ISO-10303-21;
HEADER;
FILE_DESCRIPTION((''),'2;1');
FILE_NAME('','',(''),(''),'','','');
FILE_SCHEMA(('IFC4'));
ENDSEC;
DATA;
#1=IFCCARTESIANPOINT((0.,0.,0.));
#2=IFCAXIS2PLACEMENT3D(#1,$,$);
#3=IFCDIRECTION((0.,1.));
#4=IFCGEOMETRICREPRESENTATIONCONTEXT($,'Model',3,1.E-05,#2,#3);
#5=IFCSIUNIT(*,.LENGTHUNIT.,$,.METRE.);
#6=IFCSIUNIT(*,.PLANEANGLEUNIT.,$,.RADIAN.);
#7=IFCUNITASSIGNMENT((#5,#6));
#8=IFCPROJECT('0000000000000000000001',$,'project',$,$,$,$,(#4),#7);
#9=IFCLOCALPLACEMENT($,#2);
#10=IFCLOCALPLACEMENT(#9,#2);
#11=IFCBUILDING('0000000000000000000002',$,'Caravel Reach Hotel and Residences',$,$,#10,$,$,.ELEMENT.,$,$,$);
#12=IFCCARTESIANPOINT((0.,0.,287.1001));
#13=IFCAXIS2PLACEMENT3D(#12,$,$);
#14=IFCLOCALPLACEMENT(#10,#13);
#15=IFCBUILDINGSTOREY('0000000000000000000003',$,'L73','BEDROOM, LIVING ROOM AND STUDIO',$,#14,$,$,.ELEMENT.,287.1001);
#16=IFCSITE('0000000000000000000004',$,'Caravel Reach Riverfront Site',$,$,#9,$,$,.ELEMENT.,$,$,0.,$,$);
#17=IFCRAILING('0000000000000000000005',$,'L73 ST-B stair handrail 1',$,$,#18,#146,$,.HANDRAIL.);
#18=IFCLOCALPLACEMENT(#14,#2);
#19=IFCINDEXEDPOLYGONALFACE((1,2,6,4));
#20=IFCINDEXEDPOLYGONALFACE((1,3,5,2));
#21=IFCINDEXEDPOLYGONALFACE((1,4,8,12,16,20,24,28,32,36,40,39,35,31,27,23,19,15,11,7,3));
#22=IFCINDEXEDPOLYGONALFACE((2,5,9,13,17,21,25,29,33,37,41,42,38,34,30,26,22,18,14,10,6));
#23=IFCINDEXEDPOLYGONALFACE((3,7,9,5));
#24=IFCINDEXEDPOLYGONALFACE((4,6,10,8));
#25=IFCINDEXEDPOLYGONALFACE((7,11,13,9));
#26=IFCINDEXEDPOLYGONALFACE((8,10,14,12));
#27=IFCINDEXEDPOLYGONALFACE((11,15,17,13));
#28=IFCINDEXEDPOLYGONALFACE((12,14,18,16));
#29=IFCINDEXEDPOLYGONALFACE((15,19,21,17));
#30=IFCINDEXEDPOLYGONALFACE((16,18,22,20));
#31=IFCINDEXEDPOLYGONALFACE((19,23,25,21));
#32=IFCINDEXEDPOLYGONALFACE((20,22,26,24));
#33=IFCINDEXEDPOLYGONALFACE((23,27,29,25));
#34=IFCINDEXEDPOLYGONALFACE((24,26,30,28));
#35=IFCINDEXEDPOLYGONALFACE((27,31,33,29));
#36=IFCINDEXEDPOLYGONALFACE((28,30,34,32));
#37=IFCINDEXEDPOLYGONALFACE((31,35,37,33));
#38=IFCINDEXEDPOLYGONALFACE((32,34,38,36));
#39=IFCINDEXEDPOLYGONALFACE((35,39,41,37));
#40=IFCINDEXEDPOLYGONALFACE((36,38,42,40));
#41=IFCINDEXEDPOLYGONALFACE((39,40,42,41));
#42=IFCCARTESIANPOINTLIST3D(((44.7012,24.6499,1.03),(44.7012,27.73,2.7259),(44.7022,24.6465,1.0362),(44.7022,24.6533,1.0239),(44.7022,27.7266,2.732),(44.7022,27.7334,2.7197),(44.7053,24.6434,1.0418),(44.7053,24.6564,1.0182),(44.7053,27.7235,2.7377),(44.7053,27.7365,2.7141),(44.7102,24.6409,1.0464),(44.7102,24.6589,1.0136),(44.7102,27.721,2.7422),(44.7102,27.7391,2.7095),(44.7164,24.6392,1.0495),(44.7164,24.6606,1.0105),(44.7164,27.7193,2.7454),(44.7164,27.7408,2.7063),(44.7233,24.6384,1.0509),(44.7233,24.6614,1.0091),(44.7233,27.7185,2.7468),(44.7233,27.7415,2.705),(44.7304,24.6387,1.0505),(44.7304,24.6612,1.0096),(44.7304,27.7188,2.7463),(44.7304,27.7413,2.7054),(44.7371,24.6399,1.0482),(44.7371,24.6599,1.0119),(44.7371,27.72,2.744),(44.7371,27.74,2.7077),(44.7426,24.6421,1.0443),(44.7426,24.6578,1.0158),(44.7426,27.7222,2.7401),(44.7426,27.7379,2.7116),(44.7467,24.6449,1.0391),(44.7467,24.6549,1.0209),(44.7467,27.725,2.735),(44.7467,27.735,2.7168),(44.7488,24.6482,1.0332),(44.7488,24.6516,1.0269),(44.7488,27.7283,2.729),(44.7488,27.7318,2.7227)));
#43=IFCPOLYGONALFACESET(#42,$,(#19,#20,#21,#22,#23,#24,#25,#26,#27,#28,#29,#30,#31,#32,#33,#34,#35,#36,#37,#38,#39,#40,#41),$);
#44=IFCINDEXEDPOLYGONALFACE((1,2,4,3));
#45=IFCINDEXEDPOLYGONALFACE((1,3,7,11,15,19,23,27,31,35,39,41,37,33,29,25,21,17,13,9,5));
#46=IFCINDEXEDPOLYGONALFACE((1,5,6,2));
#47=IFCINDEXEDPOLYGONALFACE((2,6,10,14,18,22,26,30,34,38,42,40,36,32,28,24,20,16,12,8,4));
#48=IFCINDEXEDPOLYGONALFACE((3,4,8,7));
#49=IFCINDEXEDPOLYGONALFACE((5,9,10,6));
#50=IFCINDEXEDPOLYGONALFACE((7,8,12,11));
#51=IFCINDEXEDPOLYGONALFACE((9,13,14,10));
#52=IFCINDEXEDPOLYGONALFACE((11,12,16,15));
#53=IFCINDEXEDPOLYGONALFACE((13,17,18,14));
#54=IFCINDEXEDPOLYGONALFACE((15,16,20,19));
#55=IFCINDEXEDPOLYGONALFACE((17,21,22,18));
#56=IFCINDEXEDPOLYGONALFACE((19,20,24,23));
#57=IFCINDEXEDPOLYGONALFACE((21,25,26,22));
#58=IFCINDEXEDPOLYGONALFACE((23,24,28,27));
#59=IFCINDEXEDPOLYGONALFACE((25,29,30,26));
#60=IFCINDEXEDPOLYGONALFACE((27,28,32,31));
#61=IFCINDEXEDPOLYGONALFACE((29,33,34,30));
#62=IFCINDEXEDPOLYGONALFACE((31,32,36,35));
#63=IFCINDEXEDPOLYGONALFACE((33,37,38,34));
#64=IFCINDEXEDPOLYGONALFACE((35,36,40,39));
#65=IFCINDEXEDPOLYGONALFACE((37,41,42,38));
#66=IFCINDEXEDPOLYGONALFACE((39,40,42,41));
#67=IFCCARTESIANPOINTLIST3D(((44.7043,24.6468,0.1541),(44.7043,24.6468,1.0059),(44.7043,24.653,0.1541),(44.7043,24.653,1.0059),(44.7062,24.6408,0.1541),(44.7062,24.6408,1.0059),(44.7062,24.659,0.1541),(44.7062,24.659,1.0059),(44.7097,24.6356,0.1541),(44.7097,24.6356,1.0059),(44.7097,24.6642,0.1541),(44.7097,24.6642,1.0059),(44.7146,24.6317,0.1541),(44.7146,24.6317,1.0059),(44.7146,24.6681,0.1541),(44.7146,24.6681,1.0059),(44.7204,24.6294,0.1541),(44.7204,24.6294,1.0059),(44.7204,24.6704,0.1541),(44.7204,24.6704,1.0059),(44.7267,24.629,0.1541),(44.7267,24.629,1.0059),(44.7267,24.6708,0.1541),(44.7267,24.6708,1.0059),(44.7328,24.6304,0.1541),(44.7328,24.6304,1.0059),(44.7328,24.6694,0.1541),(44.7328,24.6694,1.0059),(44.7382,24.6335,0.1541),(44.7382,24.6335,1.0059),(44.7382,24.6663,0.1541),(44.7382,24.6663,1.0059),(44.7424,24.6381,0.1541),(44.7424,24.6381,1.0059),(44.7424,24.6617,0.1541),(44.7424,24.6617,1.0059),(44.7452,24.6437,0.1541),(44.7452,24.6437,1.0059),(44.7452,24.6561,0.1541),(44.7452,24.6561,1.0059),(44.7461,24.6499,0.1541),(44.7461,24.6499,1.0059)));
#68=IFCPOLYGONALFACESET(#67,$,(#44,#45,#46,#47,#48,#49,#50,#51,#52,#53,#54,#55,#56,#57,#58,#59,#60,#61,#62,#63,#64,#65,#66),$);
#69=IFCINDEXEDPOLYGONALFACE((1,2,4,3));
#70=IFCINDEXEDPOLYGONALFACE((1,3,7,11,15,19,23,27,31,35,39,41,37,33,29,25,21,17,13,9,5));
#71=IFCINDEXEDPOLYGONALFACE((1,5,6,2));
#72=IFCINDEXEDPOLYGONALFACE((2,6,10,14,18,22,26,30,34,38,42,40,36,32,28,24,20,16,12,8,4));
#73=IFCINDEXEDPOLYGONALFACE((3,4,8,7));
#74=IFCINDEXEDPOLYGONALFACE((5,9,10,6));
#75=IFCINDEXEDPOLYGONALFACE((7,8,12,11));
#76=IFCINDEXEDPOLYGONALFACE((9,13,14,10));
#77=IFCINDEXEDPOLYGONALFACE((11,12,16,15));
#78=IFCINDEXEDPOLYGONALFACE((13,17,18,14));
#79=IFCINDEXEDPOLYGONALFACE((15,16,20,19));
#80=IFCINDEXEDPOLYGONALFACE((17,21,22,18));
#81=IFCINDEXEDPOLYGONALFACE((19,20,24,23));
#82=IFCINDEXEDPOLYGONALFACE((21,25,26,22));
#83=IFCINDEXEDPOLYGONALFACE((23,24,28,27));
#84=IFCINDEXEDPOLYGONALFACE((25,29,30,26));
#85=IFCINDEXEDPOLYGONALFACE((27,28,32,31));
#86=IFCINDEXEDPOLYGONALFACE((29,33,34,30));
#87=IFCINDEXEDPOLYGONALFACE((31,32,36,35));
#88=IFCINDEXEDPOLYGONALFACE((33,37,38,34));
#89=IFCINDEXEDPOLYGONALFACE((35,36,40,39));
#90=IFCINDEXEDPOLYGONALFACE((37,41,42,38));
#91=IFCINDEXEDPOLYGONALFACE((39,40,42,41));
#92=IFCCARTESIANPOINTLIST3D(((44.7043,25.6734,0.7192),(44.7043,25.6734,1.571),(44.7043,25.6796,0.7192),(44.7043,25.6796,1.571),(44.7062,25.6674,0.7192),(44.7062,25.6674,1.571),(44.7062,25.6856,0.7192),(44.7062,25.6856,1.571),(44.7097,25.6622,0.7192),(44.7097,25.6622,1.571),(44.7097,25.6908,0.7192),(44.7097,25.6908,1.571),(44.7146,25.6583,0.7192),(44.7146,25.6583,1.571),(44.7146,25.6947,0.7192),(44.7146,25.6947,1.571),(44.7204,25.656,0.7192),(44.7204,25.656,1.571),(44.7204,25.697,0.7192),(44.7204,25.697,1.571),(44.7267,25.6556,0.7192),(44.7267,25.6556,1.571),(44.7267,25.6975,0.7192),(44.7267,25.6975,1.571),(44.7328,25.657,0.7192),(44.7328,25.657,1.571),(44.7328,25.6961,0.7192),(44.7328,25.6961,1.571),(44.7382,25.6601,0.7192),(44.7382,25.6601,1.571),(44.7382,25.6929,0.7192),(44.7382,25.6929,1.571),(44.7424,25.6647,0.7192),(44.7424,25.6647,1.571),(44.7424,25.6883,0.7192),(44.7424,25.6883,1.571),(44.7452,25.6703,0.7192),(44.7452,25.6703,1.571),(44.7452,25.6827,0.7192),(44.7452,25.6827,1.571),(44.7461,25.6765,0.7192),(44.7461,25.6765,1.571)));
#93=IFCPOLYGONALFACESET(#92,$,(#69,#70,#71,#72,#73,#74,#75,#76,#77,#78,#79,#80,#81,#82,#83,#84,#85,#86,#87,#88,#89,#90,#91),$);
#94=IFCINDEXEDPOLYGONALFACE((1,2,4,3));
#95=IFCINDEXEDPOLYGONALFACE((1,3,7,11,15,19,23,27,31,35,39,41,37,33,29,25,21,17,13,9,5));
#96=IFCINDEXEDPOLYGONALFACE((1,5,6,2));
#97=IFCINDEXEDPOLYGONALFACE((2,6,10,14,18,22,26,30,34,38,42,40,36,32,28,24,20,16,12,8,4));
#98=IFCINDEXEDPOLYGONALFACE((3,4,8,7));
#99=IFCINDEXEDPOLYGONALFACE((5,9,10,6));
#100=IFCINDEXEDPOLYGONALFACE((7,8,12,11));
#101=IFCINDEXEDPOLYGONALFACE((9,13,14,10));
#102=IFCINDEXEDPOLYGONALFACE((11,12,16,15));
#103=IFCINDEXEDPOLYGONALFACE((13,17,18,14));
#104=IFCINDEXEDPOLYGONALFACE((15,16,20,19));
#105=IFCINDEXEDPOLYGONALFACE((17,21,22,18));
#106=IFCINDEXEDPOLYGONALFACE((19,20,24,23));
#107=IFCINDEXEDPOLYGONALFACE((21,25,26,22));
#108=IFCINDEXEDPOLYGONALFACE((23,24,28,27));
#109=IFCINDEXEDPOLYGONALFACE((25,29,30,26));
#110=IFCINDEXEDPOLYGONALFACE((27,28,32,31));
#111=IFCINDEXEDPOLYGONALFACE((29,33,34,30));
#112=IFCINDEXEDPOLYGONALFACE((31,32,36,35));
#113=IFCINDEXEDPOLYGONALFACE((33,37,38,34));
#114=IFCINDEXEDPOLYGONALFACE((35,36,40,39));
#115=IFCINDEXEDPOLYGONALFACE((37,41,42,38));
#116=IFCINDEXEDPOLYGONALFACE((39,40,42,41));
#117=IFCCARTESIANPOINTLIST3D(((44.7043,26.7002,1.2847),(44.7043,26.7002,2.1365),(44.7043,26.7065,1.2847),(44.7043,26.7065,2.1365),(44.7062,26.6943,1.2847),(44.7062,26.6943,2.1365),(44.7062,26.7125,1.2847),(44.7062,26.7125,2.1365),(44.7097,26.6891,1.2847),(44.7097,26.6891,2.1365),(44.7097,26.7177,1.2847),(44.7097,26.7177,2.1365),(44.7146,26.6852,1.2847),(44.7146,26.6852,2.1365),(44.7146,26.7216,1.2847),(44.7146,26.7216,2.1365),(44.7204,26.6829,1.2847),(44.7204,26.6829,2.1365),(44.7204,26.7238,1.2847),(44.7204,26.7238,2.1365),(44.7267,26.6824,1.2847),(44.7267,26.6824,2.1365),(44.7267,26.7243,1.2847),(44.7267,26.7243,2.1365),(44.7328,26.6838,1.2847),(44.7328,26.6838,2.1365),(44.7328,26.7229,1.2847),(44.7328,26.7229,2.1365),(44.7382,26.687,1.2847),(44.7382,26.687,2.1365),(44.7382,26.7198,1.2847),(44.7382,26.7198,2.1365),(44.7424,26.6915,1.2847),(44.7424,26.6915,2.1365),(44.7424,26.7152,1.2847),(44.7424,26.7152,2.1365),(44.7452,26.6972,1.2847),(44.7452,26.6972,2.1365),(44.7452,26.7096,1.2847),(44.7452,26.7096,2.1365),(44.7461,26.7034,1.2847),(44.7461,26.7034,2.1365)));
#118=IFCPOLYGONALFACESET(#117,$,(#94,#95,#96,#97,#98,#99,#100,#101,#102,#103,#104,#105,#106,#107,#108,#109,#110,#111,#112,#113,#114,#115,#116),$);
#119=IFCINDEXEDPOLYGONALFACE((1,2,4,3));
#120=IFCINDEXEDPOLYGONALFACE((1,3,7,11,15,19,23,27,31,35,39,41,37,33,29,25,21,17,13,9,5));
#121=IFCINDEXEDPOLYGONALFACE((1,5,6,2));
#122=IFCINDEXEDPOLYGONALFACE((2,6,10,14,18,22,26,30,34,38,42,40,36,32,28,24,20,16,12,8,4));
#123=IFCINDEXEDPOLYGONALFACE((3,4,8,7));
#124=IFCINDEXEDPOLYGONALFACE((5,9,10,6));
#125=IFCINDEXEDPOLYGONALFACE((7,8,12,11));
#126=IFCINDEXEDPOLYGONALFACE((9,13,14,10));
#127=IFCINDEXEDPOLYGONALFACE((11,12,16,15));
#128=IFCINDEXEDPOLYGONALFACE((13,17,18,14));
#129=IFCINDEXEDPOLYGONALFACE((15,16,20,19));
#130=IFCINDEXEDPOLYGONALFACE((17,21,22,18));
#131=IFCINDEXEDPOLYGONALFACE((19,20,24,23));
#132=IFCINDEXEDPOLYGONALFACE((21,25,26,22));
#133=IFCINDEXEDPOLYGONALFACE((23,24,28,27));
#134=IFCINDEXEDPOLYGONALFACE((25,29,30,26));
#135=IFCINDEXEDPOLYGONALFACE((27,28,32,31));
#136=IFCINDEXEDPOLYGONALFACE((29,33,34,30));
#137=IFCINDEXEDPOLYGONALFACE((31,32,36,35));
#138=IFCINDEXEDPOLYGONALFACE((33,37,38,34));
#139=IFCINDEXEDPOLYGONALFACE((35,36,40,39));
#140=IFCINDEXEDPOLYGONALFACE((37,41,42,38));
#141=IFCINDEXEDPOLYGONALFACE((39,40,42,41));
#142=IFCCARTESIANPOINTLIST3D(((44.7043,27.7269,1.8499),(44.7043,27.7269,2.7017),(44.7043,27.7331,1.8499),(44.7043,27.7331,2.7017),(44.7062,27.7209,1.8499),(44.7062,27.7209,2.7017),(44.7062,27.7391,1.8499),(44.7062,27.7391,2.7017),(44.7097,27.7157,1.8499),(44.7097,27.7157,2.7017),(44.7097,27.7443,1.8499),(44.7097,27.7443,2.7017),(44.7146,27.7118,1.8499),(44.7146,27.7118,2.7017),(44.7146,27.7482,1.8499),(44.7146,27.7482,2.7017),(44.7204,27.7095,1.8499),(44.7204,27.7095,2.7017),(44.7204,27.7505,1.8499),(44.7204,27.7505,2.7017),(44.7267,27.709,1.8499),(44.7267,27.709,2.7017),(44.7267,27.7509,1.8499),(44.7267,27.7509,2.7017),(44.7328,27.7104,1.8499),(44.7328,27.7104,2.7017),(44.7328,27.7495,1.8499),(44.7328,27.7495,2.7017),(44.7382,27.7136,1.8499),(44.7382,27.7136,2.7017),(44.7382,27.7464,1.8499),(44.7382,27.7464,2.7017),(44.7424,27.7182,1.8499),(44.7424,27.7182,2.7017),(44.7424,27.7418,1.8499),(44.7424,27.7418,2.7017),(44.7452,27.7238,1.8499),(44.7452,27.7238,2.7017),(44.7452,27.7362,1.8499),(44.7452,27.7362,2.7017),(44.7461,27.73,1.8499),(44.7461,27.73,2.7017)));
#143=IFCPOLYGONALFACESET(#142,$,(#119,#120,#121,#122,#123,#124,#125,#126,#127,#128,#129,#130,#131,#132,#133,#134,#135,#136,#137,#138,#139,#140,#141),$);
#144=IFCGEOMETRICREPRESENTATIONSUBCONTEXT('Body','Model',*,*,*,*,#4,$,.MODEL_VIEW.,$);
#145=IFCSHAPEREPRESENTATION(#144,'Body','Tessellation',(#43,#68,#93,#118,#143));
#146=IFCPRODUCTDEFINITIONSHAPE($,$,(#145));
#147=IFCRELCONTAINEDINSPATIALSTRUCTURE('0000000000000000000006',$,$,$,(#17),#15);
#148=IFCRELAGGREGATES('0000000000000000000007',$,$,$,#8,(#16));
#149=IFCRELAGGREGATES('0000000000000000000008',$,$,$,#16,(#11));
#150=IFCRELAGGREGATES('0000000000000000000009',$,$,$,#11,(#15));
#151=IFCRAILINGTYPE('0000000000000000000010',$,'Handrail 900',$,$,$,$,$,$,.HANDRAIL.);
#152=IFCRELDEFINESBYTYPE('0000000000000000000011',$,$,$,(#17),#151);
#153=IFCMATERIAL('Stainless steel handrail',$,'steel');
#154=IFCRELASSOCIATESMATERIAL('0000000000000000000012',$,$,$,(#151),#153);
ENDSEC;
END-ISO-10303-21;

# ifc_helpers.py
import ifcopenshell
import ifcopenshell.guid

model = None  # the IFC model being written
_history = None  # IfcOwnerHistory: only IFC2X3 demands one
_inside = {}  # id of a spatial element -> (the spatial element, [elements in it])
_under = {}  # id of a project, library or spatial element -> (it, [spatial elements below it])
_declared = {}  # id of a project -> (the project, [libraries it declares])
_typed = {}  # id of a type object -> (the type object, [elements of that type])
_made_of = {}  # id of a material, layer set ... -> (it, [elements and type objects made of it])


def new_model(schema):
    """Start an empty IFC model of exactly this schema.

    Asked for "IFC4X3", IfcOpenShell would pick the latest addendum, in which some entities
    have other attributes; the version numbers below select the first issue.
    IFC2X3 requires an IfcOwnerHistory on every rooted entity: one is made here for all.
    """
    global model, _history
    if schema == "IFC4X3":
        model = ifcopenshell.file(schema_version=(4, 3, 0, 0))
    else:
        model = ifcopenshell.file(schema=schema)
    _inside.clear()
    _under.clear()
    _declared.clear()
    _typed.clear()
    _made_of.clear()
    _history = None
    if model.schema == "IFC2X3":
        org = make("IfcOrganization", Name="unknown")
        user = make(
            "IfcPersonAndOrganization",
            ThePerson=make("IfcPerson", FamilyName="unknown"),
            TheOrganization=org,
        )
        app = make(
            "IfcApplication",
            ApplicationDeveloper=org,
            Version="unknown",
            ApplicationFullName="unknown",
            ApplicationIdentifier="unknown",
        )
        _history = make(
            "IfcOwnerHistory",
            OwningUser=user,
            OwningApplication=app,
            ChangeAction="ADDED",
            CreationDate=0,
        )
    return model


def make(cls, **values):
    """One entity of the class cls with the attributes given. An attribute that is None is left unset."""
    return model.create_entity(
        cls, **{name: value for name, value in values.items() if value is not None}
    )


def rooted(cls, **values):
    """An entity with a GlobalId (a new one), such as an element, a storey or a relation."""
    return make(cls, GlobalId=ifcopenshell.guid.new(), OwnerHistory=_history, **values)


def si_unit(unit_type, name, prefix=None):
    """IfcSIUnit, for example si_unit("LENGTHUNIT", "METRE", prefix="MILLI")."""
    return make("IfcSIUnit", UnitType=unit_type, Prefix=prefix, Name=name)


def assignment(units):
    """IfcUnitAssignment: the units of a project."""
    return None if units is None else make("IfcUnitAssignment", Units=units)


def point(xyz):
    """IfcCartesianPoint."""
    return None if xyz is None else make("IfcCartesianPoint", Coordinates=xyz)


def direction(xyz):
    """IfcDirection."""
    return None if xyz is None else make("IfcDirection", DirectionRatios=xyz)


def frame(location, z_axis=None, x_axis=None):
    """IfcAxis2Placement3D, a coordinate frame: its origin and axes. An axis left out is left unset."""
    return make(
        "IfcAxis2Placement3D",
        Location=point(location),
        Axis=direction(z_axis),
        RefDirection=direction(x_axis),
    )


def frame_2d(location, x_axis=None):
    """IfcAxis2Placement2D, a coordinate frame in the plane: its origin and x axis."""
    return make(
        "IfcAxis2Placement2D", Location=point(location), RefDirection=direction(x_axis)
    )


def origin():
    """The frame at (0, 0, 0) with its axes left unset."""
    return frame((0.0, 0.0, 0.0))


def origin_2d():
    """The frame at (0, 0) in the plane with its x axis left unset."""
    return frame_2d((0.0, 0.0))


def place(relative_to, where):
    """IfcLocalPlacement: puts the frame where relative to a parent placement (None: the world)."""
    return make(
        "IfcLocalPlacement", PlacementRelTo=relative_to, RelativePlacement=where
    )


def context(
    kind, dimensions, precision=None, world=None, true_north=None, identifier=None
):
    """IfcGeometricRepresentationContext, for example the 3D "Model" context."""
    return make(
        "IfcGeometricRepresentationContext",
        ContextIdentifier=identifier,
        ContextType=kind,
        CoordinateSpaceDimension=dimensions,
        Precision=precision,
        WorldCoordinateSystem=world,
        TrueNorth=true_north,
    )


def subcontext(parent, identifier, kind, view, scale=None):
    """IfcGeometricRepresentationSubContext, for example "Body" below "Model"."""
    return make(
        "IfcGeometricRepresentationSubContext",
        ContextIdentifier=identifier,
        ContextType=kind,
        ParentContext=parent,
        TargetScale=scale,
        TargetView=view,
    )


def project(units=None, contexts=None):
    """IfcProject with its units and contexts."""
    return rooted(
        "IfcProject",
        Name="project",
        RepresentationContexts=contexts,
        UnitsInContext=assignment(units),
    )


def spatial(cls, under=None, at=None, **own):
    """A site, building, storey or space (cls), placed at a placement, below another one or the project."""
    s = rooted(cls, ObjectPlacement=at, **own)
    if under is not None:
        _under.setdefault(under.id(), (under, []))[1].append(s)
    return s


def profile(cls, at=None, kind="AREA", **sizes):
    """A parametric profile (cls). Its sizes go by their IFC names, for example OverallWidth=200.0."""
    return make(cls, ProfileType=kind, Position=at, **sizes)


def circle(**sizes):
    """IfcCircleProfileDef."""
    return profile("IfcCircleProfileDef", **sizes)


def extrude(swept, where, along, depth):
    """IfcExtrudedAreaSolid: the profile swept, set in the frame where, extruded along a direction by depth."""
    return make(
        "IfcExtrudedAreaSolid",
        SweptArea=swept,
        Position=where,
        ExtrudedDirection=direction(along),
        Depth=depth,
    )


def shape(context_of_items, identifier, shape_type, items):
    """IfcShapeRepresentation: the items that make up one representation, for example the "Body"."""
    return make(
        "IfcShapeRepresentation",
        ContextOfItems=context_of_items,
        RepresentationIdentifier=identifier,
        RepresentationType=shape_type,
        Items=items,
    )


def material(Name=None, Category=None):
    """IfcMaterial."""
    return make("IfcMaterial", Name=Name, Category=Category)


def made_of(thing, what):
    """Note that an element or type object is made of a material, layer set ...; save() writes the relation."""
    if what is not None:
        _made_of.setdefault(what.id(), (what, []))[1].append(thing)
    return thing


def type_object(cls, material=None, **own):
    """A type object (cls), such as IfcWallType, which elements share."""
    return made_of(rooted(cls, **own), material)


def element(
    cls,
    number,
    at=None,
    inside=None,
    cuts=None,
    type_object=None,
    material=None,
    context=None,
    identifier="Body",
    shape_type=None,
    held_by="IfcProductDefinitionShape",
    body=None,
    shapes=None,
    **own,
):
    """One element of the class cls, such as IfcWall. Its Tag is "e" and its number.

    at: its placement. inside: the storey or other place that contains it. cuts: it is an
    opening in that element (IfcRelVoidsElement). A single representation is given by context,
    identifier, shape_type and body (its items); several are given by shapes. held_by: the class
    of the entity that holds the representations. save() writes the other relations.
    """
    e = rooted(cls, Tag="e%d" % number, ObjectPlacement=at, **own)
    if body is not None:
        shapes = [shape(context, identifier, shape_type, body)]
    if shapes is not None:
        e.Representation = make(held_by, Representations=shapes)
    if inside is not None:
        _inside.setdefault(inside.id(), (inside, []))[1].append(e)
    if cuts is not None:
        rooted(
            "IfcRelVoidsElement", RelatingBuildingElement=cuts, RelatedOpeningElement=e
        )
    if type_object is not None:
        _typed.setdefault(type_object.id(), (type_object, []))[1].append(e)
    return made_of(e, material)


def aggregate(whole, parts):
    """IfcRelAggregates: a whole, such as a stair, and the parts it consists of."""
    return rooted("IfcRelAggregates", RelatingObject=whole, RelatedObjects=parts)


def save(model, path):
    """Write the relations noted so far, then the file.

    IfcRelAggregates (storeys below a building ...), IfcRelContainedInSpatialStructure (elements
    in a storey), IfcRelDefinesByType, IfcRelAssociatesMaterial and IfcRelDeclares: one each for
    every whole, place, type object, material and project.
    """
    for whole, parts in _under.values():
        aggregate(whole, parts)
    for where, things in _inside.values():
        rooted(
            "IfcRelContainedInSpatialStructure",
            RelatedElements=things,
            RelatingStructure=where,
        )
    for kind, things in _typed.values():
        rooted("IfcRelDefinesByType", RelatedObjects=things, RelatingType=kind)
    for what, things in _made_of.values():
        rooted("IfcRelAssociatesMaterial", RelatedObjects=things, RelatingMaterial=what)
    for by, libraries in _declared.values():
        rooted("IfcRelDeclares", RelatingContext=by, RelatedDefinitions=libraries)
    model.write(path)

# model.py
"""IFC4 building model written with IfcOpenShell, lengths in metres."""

from ifc_helpers import new_model, si_unit, direction, frame, origin, origin_2d, place, context, subcontext, project, spatial, circle, extrude, material, type_object, element, save


model = new_model("IFC4")

# Units and contexts
model_context = context("Model", 3, precision=1e-05, world=origin(), true_north=direction((0.0, 1.0)))
body_context = subcontext(model_context, "Body", "Model", "MODEL_VIEW")
ifc_project = project(units=[si_unit("LENGTHUNIT", "METRE"), si_unit("PLANEANGLEUNIT", "RADIAN")], contexts=[model_context])

# Site, building, storey
site_placement = place(None, origin())
site = spatial("IfcSite", under=ifc_project, at=site_placement, Name="Caravel Reach Riverfront Site", CompositionType="ELEMENT", RefElevation=0.0)
building_placement = place(site_placement, origin())
building = spatial("IfcBuilding", under=site, at=building_placement, Name="Caravel Reach Hotel and Residences", CompositionType="ELEMENT")
storey_placement = place(building_placement, frame((0.0, 0.0, 287.1001)))
storey = spatial("IfcBuildingStorey", under=building, at=storey_placement, Name="L73", Description="BEDROOM, LIVING ROOM AND STUDIO", CompositionType="ELEMENT", Elevation=287.1001)

# Railing
ifc_material_1 = material(Name="Stainless steel handrail", Category="steel")
railing_type_1 = type_object("IfcRailingType", Name="Handrail 900", PredefinedType="HANDRAIL", material=ifc_material_1)
railing_1_placement = place(storey_placement, frame((44.7251, 24.6499, 0.1541)))
element("IfcRailing", 1, at=railing_1_placement, inside=storey, type_object=railing_type_1, Name="L73 ST-B stair handrail 1", PredefinedType="HANDRAIL", context=body_context, shape_type="SweptSolid", body=[
    extrude(circle(Radius=0.0239, at=origin_2d()), frame((0.0, 0.0, 0.876), z_axis=(0.0, 0.876005, 0.482303), x_axis=(-1.0, 0.0, 0.0)), (0.0, 0.0, 1.0), 3.5161),
    extrude(circle(Radius=0.021, at=origin_2d()), origin(), (0.0, 0.0, 1.0), 0.8518),
    extrude(circle(Radius=0.021, at=origin_2d()), frame((0.0, 1.0266, 0.5652)), (0.0, 0.0, 1.0), 0.8518),
    extrude(circle(Radius=0.021, at=origin_2d()), frame((0.0, 2.0535, 1.1306)), (0.0, 0.0, 1.0), 0.8518),
    extrude(circle(Radius=0.021, at=origin_2d()), frame((0.0, 3.0801, 1.6958)), (0.0, 0.0, 1.0), 0.8518),
])

save(model, "model.ifc")
